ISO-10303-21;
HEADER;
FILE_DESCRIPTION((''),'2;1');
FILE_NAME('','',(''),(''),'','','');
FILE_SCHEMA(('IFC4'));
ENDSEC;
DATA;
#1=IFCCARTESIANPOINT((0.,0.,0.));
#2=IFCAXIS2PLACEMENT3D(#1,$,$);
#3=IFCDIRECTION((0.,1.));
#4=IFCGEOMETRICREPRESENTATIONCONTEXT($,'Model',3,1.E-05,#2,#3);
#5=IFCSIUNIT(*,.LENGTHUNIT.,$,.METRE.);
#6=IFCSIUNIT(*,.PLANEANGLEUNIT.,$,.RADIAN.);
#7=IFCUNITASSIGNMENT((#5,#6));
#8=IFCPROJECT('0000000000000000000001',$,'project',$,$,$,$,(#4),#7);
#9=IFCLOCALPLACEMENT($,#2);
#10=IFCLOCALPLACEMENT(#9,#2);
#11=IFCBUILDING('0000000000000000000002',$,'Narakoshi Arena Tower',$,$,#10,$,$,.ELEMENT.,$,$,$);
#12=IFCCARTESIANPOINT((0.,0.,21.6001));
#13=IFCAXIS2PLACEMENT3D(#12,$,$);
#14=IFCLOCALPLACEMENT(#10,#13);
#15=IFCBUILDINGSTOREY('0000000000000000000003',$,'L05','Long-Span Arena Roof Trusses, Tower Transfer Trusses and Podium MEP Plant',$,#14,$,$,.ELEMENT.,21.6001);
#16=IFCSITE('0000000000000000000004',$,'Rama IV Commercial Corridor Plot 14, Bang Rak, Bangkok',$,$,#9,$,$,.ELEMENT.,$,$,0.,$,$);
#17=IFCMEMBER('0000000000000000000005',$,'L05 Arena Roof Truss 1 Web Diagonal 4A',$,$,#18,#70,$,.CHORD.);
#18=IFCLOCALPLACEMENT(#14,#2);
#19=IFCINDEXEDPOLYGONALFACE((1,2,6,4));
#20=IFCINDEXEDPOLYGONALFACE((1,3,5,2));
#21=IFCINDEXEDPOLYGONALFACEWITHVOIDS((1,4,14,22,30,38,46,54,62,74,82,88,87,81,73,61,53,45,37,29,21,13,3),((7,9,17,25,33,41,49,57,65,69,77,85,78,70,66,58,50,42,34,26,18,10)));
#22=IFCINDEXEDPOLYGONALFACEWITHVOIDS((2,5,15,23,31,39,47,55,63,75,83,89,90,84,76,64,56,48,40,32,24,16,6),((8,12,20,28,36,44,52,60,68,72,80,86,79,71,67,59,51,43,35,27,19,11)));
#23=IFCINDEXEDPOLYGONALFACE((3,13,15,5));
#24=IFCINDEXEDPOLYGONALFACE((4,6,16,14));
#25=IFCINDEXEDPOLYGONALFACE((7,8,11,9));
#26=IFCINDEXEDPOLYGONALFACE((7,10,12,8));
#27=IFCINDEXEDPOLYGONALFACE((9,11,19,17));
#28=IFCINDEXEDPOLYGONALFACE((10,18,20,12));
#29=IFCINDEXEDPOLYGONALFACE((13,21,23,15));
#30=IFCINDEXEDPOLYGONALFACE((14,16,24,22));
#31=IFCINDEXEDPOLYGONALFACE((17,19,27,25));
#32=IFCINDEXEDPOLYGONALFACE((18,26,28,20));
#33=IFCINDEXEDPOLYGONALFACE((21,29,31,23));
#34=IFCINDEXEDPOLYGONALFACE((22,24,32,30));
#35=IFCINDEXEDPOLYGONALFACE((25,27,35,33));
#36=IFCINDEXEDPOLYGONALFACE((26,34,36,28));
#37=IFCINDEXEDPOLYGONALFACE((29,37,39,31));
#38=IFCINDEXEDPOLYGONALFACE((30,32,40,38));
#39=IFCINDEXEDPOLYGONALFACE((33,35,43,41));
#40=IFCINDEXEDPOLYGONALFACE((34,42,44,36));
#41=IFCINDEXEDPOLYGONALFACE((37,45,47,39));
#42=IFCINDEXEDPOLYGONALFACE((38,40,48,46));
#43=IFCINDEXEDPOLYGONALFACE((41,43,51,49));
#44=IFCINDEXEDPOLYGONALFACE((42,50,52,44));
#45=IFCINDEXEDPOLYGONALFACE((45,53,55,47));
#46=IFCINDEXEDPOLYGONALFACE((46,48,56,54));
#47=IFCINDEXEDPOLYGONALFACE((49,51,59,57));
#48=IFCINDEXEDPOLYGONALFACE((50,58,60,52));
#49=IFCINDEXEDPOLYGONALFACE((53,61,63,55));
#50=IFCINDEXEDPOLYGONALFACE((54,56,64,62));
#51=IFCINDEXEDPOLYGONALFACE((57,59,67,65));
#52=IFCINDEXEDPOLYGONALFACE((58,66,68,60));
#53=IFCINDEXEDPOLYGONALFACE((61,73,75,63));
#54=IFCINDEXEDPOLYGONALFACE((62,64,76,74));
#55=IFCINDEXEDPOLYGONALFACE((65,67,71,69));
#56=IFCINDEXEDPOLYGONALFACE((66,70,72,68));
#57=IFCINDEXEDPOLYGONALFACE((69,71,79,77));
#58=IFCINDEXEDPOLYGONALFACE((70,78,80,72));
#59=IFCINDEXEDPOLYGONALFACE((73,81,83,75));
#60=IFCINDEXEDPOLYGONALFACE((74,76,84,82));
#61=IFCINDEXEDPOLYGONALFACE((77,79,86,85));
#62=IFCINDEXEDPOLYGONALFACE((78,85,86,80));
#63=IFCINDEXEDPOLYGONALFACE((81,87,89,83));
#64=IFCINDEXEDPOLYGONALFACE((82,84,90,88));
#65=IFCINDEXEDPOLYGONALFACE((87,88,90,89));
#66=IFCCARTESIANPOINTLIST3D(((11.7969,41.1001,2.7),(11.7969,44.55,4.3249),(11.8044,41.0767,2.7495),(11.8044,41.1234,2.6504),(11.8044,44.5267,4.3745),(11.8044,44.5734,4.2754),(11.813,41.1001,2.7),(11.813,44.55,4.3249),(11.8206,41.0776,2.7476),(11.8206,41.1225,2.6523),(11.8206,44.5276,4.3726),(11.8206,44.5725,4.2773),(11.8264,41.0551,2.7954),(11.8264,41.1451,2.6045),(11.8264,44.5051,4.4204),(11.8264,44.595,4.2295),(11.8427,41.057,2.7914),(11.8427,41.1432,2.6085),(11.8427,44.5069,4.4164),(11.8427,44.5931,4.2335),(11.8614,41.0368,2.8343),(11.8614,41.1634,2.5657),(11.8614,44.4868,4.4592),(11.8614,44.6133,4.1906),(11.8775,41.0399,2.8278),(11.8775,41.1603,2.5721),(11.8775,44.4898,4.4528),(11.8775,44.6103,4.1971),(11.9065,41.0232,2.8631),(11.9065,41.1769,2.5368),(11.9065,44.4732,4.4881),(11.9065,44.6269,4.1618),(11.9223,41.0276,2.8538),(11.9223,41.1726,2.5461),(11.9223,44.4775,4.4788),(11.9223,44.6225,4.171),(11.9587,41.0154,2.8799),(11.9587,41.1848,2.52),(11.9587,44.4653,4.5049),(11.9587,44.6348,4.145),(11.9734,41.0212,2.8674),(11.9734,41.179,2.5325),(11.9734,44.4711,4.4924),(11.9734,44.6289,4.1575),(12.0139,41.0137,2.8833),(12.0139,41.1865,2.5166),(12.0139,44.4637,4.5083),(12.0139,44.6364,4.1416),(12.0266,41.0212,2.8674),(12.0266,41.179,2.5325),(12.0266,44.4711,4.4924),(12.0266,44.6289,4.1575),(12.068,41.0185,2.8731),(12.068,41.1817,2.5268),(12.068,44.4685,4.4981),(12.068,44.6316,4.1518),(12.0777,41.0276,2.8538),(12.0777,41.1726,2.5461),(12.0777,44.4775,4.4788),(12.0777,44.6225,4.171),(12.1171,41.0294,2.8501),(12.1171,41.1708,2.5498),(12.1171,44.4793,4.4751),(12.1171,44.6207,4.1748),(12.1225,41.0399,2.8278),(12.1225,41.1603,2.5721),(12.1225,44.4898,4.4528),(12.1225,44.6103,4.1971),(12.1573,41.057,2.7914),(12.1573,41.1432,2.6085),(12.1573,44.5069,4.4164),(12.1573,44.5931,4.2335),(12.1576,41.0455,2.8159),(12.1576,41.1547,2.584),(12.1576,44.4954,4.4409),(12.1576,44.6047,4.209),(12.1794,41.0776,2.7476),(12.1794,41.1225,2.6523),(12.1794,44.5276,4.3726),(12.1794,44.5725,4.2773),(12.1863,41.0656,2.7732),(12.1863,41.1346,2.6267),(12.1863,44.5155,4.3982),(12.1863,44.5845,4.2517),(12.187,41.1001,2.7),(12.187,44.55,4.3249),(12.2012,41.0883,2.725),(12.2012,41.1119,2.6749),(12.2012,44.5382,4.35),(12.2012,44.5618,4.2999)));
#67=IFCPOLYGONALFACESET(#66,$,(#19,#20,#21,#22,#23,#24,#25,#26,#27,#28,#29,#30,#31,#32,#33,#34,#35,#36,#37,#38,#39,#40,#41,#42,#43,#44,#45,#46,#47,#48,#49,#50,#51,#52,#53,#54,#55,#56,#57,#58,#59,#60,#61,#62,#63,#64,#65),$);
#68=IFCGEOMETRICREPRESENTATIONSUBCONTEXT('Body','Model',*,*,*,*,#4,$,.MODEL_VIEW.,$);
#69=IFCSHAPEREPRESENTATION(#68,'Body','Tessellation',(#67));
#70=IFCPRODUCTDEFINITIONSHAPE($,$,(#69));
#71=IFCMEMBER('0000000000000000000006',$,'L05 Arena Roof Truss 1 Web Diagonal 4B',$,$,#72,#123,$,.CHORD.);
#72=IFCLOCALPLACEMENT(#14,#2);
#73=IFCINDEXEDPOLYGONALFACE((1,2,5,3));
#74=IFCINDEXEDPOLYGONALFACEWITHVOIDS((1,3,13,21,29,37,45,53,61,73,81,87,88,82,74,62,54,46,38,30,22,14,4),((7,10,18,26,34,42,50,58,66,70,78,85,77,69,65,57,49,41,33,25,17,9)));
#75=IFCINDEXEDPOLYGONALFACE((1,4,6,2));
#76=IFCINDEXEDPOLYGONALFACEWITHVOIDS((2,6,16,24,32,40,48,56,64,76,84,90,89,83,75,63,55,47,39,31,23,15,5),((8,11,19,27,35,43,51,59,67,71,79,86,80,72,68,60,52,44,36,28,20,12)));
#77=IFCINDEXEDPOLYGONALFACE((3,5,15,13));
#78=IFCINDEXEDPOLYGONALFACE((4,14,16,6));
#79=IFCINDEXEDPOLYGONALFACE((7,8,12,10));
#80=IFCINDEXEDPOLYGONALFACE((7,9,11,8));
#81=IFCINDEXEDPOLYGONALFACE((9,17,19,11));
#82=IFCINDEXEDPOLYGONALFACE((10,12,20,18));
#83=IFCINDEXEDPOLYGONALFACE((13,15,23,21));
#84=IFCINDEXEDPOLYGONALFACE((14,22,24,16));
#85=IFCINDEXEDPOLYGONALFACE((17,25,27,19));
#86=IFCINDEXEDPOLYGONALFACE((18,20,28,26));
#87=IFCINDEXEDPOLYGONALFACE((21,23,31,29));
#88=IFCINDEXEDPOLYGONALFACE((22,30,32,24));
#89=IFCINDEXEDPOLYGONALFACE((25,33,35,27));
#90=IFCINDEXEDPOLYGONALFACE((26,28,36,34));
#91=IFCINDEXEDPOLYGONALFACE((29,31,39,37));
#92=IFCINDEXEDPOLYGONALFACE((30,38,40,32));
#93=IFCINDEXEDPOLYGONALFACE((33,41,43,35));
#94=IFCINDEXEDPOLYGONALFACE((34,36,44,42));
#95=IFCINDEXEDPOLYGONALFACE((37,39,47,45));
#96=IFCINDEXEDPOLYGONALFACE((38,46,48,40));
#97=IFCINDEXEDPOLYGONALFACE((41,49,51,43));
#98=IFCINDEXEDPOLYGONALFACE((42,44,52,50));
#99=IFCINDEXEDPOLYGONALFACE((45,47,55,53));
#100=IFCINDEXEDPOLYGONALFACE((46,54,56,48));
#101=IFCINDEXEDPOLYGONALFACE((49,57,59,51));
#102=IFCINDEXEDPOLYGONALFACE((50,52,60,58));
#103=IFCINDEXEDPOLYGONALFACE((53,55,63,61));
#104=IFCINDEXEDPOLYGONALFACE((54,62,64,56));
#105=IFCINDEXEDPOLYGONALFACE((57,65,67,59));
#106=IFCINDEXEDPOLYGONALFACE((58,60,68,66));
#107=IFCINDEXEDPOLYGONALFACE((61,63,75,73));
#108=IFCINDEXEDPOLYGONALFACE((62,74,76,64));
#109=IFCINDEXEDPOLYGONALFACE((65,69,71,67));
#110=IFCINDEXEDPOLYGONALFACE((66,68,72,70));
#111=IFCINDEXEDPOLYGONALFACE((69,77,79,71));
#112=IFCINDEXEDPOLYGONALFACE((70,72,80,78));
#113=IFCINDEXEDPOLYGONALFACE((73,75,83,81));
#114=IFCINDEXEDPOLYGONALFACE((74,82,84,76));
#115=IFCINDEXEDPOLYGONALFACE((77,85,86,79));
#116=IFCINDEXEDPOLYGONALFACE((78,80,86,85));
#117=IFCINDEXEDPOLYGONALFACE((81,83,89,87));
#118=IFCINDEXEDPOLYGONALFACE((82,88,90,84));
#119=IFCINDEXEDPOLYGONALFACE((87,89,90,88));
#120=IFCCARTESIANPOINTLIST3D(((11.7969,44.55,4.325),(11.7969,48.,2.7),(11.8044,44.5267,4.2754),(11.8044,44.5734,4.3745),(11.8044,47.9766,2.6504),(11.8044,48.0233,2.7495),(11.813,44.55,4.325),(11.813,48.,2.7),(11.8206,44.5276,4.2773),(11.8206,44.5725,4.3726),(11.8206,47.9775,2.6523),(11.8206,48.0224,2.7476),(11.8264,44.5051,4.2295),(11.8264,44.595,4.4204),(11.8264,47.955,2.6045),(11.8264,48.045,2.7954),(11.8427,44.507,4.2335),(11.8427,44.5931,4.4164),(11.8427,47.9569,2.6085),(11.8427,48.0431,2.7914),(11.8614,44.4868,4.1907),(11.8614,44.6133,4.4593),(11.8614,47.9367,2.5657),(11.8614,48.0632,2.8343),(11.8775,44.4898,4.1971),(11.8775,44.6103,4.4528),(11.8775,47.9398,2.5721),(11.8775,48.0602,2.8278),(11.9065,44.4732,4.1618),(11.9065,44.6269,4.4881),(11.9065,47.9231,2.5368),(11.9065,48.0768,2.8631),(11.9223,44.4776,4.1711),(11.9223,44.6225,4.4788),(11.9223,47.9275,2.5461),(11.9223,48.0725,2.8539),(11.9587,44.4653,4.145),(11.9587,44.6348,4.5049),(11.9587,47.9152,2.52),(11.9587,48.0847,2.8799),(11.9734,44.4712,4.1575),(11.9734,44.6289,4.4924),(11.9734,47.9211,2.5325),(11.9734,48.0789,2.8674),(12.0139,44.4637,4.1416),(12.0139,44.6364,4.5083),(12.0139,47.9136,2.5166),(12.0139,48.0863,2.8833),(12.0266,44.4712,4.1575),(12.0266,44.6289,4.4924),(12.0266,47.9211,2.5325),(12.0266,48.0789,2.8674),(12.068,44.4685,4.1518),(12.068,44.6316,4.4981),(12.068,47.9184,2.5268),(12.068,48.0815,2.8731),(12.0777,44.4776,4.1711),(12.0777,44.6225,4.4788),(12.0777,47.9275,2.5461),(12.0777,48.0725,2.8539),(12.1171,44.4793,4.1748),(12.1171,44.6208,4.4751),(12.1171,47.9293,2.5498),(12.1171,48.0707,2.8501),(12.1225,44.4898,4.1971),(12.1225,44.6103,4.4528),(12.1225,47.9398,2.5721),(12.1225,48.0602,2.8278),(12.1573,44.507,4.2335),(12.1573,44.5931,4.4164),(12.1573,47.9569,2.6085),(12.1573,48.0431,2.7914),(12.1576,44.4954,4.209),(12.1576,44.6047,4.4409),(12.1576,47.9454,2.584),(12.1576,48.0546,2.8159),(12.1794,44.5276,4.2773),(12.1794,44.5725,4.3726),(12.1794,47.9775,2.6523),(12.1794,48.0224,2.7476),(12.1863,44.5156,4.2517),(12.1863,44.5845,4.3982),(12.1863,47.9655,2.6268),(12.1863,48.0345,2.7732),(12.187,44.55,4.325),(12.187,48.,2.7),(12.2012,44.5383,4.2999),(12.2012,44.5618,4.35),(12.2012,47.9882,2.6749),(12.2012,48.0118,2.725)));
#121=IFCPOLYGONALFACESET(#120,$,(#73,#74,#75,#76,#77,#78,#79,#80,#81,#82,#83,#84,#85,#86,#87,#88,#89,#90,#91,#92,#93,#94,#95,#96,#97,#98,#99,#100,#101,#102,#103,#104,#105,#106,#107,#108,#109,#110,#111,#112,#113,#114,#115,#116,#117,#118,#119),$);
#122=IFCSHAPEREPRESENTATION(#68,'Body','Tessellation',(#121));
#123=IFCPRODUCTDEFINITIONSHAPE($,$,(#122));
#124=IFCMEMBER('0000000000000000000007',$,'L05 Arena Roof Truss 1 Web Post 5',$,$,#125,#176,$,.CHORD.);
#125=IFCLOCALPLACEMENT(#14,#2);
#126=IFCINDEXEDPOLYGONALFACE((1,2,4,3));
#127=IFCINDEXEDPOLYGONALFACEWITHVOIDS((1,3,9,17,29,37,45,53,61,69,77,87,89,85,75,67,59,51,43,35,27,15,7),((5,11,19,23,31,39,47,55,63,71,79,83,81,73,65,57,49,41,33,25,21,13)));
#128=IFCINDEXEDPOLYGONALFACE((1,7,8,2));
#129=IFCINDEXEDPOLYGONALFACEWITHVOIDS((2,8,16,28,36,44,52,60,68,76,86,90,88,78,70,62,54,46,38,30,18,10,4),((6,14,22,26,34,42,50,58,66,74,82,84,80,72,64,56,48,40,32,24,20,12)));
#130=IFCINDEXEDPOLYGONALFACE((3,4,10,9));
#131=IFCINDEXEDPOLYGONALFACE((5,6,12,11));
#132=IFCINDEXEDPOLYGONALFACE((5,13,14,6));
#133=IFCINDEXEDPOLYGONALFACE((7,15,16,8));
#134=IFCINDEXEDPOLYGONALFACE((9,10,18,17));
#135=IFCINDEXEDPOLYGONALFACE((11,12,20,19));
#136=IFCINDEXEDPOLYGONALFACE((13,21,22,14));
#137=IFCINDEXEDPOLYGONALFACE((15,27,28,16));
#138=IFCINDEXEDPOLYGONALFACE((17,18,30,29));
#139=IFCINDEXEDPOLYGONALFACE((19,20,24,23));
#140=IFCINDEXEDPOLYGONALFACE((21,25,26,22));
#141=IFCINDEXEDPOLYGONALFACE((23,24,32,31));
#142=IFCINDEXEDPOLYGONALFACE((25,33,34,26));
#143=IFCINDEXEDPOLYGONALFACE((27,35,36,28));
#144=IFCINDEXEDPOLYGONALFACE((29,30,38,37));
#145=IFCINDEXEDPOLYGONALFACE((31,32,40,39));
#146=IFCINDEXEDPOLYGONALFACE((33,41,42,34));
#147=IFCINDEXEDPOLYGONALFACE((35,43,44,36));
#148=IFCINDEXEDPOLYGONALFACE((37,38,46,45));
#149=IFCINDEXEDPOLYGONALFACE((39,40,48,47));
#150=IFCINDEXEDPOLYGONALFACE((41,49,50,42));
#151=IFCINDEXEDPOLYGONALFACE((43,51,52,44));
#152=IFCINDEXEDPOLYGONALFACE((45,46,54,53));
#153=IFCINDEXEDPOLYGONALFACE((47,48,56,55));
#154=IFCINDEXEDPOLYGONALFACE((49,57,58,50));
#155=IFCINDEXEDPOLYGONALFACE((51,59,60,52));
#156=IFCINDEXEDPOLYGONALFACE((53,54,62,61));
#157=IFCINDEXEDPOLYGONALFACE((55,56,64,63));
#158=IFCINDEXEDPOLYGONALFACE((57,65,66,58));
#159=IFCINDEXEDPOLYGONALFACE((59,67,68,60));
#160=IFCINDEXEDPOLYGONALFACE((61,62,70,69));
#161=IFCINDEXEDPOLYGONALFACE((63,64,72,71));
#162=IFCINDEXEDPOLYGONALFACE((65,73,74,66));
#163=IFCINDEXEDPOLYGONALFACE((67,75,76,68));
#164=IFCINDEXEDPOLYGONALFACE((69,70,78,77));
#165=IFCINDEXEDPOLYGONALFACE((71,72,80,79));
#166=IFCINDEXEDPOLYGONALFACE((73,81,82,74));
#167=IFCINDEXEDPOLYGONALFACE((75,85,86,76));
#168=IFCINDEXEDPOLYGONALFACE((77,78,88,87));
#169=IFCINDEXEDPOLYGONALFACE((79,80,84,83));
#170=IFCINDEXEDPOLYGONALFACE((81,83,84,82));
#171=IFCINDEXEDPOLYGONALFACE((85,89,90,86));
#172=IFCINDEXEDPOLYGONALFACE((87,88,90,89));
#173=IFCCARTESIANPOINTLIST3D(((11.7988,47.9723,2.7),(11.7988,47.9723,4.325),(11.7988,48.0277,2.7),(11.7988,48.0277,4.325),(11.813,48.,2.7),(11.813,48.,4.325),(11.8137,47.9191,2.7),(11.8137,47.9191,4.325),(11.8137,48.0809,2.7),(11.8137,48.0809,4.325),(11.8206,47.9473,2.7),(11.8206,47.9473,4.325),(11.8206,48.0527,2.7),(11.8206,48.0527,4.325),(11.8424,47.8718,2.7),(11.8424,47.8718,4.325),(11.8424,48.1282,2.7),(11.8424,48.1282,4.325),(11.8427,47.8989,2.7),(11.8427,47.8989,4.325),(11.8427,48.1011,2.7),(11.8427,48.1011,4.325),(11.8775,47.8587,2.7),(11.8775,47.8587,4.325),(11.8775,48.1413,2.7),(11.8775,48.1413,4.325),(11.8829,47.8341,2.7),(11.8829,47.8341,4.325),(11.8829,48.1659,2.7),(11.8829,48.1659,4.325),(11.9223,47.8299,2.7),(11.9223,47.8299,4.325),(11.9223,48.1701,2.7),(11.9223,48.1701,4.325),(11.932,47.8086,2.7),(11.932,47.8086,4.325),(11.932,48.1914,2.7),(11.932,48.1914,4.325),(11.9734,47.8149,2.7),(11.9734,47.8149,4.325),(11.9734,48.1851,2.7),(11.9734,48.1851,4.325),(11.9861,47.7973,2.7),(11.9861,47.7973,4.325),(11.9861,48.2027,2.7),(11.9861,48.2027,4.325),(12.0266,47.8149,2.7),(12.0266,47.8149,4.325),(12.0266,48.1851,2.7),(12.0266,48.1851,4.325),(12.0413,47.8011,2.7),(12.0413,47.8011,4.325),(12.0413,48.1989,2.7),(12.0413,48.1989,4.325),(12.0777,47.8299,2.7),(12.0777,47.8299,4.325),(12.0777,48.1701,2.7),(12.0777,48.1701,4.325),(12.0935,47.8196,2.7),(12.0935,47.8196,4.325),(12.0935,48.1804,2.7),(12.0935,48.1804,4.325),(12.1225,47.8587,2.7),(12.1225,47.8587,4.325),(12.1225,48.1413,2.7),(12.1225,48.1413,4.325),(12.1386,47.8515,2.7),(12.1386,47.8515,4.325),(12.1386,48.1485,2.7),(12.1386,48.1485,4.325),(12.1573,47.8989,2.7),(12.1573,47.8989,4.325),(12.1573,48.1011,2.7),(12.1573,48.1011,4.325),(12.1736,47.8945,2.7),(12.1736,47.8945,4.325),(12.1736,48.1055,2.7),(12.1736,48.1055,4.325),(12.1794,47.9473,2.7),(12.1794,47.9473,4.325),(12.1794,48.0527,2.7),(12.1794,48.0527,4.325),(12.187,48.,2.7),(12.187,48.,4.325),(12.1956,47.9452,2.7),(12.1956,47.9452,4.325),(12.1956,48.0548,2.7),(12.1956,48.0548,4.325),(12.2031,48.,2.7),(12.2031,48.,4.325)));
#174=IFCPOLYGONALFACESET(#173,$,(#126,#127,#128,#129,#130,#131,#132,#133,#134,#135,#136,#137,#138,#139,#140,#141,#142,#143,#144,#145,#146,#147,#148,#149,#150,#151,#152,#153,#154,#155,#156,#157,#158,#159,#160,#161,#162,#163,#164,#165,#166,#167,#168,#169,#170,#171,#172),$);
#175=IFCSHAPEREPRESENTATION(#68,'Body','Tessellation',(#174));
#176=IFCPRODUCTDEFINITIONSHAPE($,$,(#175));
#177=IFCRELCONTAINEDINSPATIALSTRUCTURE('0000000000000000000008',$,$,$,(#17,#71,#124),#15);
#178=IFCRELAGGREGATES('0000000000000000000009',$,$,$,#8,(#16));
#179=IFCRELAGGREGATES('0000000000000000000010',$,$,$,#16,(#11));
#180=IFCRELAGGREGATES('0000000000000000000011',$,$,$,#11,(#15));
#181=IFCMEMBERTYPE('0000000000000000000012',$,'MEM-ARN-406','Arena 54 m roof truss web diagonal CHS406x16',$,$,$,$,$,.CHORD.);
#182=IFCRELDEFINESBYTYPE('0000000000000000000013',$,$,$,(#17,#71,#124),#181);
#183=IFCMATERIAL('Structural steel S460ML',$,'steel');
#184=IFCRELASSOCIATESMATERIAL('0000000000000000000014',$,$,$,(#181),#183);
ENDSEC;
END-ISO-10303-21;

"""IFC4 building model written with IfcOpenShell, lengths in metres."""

from ifc_helpers import new_model, si_unit, direction, frame, origin, origin_2d, place, context, subcontext, project, spatial, hollow_circle, extrude, material, material_profile, profile_set, type_object, element, save


model = new_model("IFC4")

# Units and contexts
model_context = context("Model", 3, precision=1e-05, world=origin(), true_north=direction((0.0, 1.0)))
body_context = subcontext(model_context, "Body", "Model", "MODEL_VIEW")
ifc_project = project(units=[si_unit("LENGTHUNIT", "METRE"), si_unit("PLANEANGLEUNIT", "RADIAN")], contexts=[model_context])

# Site, building, storey
site_placement = place(None, origin())
site = spatial("IfcSite", under=ifc_project, at=site_placement, Name="Rama IV Commercial Corridor Plot 14, Bang Rak, Bangkok", CompositionType="ELEMENT", RefElevation=0.0)
building_placement = place(site_placement, origin())
building = spatial("IfcBuilding", under=site, at=building_placement, Name="Narakoshi Arena Tower", CompositionType="ELEMENT")
storey_placement = place(building_placement, frame((0.0, 0.0, 21.6001)))
storey = spatial("IfcBuildingStorey", under=building, at=storey_placement, Name="L05", Description="Long-Span Arena Roof Trusses, Tower Transfer Trusses and Podium MEP Plant", CompositionType="ELEMENT", Elevation=21.6001)

# Members
ifc_material_1 = material(Name="Structural steel S460ML", Category="steel")
ifc_material_profile_1 = material_profile(ifc_material_1, hollow_circle(Radius=0.2031, WallThickness=0.0161, at=origin_2d()), Name="CHS406x16")
ifc_profile_set_1 = profile_set([ifc_material_profile_1], Name="Structural steel S460ML")
member_type = type_object("IfcMemberType", Name="MEM-ARN-406", Description="Arena 54 m roof truss web diagonal CHS406x16", PredefinedType="CHORD", material=ifc_profile_set_1)
for number, where, z_axis, x_axis, name in (
    (1, (12.0, 41.1001, 2.7), (0.0, 0.904668, 0.426118), (-1.0, 0.0, 0.0), "L05 Arena Roof Truss 1 Web Diagonal 4A"),
    (2, (12.0, 44.55, 4.325), (0.0, 0.904668, -0.426118), (-1.0, 0.0, 0.0), "L05 Arena Roof Truss 1 Web Diagonal 4B"),
):
    element("IfcMember", number, at=place(storey_placement, frame(where, z_axis=z_axis, x_axis=x_axis)), inside=storey, type_object=member_type, Name=name, PredefinedType="CHORD", context=body_context, shape_type="SweptSolid", body=[
        extrude(hollow_circle(Radius=0.2031, WallThickness=0.0161, at=origin_2d()), origin(), (0.0, 0.0, 1.0), 3.8135),
    ])
member_1_placement = place(storey_placement, frame((12.0, 48.0, 2.7), z_axis=(0.0, 0.0, 1.0), x_axis=(1.0, 0.0, 0.0)))
element("IfcMember", 3, at=member_1_placement, inside=storey, type_object=member_type, Name="L05 Arena Roof Truss 1 Web Post 5", PredefinedType="CHORD", context=body_context, shape_type="SweptSolid", body=[
    extrude(hollow_circle(Radius=0.2031, WallThickness=0.0161, at=origin_2d()), origin(), (0.0, 0.0, 1.0), 1.625),
])

save(model, "model.ifc")
